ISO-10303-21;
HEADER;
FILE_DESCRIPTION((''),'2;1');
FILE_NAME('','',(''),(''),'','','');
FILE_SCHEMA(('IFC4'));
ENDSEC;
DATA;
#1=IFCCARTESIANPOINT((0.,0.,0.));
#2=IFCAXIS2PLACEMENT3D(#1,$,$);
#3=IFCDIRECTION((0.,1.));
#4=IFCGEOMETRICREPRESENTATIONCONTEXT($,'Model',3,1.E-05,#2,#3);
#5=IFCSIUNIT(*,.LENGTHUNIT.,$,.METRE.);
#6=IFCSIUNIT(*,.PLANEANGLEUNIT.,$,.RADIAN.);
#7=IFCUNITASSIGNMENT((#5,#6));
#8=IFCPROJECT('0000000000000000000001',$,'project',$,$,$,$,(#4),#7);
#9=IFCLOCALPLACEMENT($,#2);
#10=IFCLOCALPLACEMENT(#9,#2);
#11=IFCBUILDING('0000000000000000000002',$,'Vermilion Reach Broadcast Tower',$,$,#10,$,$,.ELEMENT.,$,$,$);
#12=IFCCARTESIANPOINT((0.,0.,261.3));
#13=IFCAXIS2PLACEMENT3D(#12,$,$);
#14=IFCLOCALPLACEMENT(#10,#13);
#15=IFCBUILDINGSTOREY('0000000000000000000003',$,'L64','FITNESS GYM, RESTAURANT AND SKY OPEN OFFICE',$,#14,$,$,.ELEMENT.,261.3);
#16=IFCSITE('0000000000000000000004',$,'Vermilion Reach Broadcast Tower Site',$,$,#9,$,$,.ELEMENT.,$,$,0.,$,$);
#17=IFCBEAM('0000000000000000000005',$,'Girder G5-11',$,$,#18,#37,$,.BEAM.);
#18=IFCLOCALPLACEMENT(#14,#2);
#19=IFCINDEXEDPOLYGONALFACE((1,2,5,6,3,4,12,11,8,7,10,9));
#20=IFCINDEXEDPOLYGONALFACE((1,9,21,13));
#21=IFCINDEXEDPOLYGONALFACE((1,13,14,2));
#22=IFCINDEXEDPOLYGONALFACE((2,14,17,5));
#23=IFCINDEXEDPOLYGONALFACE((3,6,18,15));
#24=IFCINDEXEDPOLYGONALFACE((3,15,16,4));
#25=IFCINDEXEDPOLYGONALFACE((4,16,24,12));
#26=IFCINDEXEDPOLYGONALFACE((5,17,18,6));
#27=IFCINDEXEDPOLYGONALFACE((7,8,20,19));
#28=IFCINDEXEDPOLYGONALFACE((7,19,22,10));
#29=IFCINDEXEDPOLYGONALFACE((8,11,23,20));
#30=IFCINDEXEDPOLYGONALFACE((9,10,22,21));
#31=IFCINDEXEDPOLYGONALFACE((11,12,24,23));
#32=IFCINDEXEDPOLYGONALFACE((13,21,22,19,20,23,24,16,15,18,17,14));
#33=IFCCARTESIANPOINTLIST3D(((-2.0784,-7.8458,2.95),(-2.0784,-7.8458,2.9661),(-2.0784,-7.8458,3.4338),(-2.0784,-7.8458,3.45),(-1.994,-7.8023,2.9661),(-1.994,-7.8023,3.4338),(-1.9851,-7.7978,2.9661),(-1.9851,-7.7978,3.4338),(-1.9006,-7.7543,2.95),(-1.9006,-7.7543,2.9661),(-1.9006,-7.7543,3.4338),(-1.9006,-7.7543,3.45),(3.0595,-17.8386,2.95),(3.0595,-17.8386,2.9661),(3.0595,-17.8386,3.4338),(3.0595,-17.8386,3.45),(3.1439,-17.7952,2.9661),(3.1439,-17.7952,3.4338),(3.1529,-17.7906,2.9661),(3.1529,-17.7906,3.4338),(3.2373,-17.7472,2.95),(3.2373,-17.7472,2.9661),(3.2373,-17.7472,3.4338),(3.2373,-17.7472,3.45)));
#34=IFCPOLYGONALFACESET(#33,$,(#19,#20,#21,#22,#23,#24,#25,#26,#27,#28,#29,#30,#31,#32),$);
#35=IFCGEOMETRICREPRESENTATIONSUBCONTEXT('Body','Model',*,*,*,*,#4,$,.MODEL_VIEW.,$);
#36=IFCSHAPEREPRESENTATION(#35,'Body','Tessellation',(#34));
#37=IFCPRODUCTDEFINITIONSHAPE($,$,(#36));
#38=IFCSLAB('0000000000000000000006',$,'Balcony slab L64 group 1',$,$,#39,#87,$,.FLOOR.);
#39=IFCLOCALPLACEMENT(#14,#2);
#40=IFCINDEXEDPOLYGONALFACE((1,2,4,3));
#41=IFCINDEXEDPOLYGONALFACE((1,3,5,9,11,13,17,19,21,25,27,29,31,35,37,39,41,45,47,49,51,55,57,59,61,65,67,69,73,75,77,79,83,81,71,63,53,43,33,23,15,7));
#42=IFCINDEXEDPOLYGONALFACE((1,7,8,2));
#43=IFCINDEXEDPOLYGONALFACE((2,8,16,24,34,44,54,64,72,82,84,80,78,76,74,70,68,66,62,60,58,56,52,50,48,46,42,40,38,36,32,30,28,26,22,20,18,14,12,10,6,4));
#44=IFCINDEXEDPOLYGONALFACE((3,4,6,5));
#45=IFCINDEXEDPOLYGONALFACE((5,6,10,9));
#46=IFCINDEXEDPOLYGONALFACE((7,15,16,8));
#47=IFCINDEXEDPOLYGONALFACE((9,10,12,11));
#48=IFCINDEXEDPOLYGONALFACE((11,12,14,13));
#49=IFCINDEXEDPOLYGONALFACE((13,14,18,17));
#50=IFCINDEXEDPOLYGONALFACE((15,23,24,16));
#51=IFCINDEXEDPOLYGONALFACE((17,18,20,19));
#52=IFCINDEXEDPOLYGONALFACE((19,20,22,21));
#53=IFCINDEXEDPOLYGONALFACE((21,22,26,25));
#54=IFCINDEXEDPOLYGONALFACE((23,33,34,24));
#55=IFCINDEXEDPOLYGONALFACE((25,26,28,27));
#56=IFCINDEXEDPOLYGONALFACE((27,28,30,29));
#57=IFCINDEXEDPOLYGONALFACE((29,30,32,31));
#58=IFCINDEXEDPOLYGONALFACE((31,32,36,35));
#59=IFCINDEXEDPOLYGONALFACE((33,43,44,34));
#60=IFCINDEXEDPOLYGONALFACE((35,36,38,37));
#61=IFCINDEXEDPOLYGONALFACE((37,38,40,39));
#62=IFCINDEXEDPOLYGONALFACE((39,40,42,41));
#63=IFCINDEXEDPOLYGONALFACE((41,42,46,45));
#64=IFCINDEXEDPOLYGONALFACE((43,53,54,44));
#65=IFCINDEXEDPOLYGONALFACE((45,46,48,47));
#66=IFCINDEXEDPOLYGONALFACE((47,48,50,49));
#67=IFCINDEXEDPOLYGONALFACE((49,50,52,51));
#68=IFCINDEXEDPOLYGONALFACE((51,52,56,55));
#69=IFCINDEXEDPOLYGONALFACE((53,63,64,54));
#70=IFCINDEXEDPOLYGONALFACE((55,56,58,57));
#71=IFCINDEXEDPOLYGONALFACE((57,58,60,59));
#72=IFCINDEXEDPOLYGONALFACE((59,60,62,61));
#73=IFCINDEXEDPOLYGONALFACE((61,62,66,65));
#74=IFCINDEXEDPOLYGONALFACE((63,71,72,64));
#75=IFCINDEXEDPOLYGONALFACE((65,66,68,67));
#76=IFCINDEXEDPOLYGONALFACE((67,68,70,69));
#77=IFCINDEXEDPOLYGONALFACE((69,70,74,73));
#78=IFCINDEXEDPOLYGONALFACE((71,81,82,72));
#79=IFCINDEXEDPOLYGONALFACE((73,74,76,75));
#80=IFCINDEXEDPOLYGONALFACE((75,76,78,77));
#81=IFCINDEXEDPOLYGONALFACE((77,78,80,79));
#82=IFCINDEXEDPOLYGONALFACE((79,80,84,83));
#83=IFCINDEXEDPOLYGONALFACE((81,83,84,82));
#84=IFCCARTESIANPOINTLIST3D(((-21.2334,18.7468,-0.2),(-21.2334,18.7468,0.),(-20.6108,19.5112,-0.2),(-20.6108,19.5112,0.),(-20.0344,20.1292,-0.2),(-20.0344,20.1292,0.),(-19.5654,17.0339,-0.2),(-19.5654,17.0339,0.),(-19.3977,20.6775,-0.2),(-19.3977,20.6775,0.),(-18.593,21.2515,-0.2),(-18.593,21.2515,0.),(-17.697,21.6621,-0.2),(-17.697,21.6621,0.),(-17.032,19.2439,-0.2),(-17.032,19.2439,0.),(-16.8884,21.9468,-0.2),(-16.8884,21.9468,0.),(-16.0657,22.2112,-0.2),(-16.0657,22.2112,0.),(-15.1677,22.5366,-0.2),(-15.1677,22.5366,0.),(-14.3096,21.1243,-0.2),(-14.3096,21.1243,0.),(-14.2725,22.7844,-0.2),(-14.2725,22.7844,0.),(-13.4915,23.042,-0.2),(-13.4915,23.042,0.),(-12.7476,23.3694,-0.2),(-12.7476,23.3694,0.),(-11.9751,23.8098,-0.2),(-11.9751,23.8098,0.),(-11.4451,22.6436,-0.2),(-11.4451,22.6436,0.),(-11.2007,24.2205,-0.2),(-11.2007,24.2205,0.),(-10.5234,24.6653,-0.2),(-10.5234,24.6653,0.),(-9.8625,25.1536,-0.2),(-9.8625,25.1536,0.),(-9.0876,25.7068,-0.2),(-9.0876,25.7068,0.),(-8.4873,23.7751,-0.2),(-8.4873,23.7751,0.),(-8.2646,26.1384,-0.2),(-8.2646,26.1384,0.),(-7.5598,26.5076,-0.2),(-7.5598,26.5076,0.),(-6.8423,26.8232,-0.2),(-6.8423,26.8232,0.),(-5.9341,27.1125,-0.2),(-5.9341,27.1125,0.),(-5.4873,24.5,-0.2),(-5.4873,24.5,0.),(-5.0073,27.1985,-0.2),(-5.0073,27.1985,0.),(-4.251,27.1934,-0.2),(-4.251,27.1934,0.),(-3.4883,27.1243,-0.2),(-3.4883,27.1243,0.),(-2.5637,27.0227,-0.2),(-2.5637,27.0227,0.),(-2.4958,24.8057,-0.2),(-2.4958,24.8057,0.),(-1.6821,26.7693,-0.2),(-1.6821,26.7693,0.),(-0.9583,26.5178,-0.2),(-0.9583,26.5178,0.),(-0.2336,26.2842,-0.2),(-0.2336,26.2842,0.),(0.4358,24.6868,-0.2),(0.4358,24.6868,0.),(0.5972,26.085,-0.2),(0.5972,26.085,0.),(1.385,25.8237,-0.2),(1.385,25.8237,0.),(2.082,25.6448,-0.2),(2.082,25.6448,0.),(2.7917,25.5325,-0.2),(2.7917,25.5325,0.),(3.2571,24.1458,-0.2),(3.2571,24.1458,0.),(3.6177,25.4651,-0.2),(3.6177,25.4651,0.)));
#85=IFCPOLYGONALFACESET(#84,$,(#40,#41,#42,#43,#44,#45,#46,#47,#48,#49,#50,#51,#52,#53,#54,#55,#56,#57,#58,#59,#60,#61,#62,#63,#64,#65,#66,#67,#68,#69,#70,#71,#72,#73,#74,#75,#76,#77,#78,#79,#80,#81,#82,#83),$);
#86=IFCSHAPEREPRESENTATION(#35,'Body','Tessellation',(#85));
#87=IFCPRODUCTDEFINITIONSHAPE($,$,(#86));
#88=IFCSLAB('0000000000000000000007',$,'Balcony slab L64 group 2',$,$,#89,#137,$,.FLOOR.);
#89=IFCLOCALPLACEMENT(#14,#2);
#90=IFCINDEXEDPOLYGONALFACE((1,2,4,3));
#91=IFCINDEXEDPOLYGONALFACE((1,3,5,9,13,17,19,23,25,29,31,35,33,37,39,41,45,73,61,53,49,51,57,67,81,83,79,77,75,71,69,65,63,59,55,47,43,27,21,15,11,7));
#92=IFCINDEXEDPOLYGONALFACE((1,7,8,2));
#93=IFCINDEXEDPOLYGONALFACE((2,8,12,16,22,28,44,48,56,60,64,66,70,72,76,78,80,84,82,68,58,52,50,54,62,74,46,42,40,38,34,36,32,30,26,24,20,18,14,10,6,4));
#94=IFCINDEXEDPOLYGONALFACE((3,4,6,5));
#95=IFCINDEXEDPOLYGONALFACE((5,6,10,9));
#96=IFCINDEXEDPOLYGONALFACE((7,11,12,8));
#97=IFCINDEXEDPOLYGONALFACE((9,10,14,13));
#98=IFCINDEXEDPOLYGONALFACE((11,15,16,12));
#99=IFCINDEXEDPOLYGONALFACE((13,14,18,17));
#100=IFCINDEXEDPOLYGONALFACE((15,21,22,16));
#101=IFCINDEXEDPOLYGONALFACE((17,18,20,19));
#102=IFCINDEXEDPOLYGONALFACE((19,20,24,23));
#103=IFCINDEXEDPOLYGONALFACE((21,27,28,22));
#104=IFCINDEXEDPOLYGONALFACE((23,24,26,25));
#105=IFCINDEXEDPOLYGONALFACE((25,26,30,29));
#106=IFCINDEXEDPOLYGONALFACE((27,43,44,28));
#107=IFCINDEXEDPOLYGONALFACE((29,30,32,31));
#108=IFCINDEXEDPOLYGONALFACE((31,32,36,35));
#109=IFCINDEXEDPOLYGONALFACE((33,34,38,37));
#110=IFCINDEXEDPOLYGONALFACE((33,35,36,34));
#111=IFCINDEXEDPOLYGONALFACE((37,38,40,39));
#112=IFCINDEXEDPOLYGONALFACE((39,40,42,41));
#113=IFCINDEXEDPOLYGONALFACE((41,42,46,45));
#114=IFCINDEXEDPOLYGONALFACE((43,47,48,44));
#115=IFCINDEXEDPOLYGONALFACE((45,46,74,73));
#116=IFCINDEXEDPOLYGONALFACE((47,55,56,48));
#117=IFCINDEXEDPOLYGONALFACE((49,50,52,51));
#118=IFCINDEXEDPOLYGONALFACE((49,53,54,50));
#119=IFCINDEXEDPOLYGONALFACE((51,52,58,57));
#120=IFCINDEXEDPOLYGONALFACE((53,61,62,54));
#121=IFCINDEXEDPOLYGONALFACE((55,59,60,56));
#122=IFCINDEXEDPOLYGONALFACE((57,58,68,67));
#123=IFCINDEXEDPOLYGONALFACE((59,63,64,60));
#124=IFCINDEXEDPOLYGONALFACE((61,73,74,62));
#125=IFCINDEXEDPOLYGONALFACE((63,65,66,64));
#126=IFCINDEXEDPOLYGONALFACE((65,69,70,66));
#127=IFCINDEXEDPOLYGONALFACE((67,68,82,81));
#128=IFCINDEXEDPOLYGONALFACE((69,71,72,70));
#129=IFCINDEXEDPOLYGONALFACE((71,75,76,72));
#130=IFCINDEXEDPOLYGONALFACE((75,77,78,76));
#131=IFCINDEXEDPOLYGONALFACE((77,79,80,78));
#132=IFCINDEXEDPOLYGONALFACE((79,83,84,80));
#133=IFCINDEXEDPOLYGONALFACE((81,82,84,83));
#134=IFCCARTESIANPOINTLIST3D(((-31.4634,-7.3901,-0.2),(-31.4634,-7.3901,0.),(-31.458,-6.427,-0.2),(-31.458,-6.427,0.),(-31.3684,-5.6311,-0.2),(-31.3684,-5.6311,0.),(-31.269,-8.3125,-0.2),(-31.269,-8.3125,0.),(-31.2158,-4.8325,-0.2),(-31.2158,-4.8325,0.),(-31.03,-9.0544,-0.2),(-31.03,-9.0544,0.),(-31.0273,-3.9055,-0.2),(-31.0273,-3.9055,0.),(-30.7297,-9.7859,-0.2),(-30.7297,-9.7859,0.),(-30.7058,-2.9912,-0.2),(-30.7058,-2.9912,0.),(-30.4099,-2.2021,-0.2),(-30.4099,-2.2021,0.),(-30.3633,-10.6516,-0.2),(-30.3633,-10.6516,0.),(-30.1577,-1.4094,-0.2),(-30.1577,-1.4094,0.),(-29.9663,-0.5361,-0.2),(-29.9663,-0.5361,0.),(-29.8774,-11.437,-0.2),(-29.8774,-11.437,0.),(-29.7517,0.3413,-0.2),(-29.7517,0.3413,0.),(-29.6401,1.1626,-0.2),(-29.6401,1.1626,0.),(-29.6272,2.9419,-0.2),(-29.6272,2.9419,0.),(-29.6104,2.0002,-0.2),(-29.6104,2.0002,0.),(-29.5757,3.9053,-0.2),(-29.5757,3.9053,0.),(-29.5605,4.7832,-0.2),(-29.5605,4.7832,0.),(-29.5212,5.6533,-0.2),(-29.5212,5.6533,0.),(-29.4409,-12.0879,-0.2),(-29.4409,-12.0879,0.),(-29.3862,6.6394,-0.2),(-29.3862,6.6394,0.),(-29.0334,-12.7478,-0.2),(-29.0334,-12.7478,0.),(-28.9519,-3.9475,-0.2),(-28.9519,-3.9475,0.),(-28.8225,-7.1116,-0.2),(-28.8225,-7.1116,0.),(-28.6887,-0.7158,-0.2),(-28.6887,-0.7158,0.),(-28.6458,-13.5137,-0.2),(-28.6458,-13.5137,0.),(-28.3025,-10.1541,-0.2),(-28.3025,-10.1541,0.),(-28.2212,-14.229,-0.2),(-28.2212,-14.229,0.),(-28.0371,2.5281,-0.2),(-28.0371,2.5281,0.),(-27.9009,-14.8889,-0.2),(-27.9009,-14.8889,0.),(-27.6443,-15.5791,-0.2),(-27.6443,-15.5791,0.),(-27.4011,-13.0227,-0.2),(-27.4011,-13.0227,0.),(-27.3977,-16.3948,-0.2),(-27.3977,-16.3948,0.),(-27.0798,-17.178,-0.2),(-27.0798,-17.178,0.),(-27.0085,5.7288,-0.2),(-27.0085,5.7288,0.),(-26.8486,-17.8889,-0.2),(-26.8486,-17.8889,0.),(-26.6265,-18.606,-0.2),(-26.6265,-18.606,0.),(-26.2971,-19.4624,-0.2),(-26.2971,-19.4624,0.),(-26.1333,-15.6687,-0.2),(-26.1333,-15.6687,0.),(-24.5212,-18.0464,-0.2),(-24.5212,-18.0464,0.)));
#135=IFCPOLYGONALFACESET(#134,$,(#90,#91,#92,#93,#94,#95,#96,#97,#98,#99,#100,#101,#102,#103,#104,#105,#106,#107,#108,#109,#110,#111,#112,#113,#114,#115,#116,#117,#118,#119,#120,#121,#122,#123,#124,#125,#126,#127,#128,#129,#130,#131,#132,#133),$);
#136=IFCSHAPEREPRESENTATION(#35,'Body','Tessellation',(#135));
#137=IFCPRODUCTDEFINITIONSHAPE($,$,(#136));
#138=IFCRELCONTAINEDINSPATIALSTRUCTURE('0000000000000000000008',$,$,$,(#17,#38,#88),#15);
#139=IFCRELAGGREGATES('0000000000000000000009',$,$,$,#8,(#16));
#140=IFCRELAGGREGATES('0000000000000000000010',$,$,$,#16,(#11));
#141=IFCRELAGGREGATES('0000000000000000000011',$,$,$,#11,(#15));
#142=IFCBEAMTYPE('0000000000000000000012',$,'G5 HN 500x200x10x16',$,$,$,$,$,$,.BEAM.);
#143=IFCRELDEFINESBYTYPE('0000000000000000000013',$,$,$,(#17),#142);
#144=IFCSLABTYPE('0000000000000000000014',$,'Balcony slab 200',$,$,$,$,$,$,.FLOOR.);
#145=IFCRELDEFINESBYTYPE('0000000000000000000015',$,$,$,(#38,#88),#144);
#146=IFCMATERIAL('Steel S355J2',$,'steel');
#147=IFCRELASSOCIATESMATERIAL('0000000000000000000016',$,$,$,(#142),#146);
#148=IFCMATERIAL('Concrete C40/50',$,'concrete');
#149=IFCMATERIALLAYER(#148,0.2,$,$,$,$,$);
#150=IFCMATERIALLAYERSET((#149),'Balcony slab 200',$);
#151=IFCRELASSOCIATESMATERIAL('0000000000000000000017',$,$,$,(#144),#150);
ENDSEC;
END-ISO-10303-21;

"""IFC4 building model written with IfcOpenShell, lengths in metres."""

from ifc_helpers import new_model, si_unit, direction, frame, origin, origin_2d, place, context, subcontext, project, spatial, polyline, i_section, outline, extrude, material, layer, layer_set, material_profile, profile_set, type_object, element, save


model = new_model("IFC4")

# Units and contexts
model_context = context("Model", 3, precision=1e-05, world=origin(), true_north=direction((0.0, 1.0)))
body_context = subcontext(model_context, "Body", "Model", "MODEL_VIEW")
ifc_project = project(units=[si_unit("LENGTHUNIT", "METRE"), si_unit("PLANEANGLEUNIT", "RADIAN")], contexts=[model_context])

# Site, building, storey
site_placement = place(None, origin())
site = spatial("IfcSite", under=ifc_project, at=site_placement, Name="Vermilion Reach Broadcast Tower Site", CompositionType="ELEMENT", RefElevation=0.0)
building_placement = place(site_placement, origin())
building = spatial("IfcBuilding", under=site, at=building_placement, Name="Vermilion Reach Broadcast Tower", CompositionType="ELEMENT")
storey_placement = place(building_placement, frame((0.0, 0.0, 261.3)))
storey = spatial("IfcBuildingStorey", under=building, at=storey_placement, Name="L64", Description="FITNESS GYM, RESTAURANT AND SKY OPEN OFFICE", CompositionType="ELEMENT", Elevation=261.3)

# Beam
ifc_material_1 = material(Name="Steel S355J2", Category="steel")
ifc_material_profile = material_profile(ifc_material_1, i_section(OverallWidth=0.2, OverallDepth=0.5, WebThickness=0.01, FlangeThickness=0.0161, at=origin_2d()), Name="S355J2 HN 500x200x10x16")
ifc_profile_set = profile_set([ifc_material_profile], Name="Steel S355J2")
beam_type = type_object("IfcBeamType", Name="G5 HN 500x200x10x16", PredefinedType="BEAM", material=ifc_profile_set)
beam_placement = place(storey_placement, frame((-1.9895, -7.8, 3.2), z_axis=(0.457258, -0.889334, 0.0), x_axis=(0.889334, 0.457258, 0.0)))
element("IfcBeam", 1, at=beam_placement, inside=storey, type_object=beam_type, Name="Girder G5-11", PredefinedType="BEAM", context=body_context, shape_type="SweptSolid", body=[
    extrude(i_section(OverallWidth=0.2, OverallDepth=0.5, WebThickness=0.01, FlangeThickness=0.0161, at=origin_2d()), origin(), (0.0, 0.0, 1.0), 11.2363),
])

# Slabs
ifc_material_2 = material(Name="Concrete C40/50", Category="concrete")
ifc_layer_1 = layer(ifc_material_2, 0.2)
ifc_layer_set_1 = layer_set([ifc_layer_1], Name="Balcony slab 200")
slab_type_1 = type_object("IfcSlabType", Name="Balcony slab 200", PredefinedType="FLOOR", material=ifc_layer_set_1)
placement_1 = place(storey_placement, frame((0.0, 0.0, -0.2)))
element("IfcSlab", 2, at=placement_1, inside=storey, type_object=slab_type_1, Name="Balcony slab L64 group 1", PredefinedType="FLOOR", context=body_context, shape_type="SweptSolid", body=[
    extrude(outline(polyline([(3.2571, 24.1458), (0.4358, 24.6868), (-2.4958, 24.8057), (-5.4873, 24.5), (-8.4873, 23.7751), (-11.4451, 22.6436), (-14.3096, 21.1243), (-17.032, 19.2439), (-19.5654, 17.0339), (-21.2334, 18.7468), (-20.6108, 19.5112), (-20.0344, 20.1292), (-19.3977, 20.6775), (-18.593, 21.2515), (-17.697, 21.6621), (-16.8884, 21.9468), (-16.0657, 22.2112), (-15.1677, 22.5366), (-14.2725, 22.7844), (-13.4915, 23.042), (-12.7476, 23.3694), (-11.9751, 23.8098), (-11.2007, 24.2205), (-10.5234, 24.6653), (-9.8625, 25.1536), (-9.0876, 25.7068), (-8.2646, 26.1384), (-7.5598, 26.5076), (-6.8423, 26.8232), (-5.9341, 27.1125), (-5.0073, 27.1985), (-4.251, 27.1934), (-3.4883, 27.1243), (-2.5637, 27.0227), (-1.6821, 26.7693), (-0.9583, 26.5178), (-0.2336, 26.2842), (0.5972, 26.085), (1.385, 25.8237), (2.082, 25.6448), (2.7917, 25.5325), (3.6177, 25.4651), (3.2571, 24.1458)])), origin(), (0.0, 0.0, 1.0), 0.2),
])
element("IfcSlab", 3, at=placement_1, inside=storey, type_object=slab_type_1, Name="Balcony slab L64 group 2", PredefinedType="FLOOR", context=body_context, shape_type="SweptSolid", body=[
    extrude(outline(polyline([(-27.0085, 5.7288), (-28.0371, 2.5281), (-28.6887, -0.7158), (-28.9519, -3.9475), (-28.8225, -7.1116), (-28.3025, -10.1541), (-27.4011, -13.0227), (-26.1333, -15.6687), (-24.5212, -18.0464), (-26.2971, -19.4624), (-26.6265, -18.606), (-26.8486, -17.8889), (-27.0798, -17.178), (-27.3977, -16.3948), (-27.6443, -15.5791), (-27.9009, -14.8889), (-28.2212, -14.229), (-28.6458, -13.5137), (-29.0334, -12.7478), (-29.4409, -12.0879), (-29.8774, -11.437), (-30.3633, -10.6516), (-30.7297, -9.7859), (-31.03, -9.0544), (-31.269, -8.3125), (-31.4634, -7.3901), (-31.458, -6.427), (-31.3684, -5.6311), (-31.2158, -4.8325), (-31.0273, -3.9055), (-30.7058, -2.9912), (-30.4099, -2.2021), (-30.1577, -1.4094), (-29.9663, -0.5361), (-29.7517, 0.3413), (-29.6401, 1.1626), (-29.6104, 2.0002), (-29.6272, 2.9419), (-29.5757, 3.9053), (-29.5605, 4.7832), (-29.5212, 5.6533), (-29.3862, 6.6394), (-27.0085, 5.7288)])), origin(), (0.0, 0.0, 1.0), 0.2),
])

save(model, "model.ifc")
